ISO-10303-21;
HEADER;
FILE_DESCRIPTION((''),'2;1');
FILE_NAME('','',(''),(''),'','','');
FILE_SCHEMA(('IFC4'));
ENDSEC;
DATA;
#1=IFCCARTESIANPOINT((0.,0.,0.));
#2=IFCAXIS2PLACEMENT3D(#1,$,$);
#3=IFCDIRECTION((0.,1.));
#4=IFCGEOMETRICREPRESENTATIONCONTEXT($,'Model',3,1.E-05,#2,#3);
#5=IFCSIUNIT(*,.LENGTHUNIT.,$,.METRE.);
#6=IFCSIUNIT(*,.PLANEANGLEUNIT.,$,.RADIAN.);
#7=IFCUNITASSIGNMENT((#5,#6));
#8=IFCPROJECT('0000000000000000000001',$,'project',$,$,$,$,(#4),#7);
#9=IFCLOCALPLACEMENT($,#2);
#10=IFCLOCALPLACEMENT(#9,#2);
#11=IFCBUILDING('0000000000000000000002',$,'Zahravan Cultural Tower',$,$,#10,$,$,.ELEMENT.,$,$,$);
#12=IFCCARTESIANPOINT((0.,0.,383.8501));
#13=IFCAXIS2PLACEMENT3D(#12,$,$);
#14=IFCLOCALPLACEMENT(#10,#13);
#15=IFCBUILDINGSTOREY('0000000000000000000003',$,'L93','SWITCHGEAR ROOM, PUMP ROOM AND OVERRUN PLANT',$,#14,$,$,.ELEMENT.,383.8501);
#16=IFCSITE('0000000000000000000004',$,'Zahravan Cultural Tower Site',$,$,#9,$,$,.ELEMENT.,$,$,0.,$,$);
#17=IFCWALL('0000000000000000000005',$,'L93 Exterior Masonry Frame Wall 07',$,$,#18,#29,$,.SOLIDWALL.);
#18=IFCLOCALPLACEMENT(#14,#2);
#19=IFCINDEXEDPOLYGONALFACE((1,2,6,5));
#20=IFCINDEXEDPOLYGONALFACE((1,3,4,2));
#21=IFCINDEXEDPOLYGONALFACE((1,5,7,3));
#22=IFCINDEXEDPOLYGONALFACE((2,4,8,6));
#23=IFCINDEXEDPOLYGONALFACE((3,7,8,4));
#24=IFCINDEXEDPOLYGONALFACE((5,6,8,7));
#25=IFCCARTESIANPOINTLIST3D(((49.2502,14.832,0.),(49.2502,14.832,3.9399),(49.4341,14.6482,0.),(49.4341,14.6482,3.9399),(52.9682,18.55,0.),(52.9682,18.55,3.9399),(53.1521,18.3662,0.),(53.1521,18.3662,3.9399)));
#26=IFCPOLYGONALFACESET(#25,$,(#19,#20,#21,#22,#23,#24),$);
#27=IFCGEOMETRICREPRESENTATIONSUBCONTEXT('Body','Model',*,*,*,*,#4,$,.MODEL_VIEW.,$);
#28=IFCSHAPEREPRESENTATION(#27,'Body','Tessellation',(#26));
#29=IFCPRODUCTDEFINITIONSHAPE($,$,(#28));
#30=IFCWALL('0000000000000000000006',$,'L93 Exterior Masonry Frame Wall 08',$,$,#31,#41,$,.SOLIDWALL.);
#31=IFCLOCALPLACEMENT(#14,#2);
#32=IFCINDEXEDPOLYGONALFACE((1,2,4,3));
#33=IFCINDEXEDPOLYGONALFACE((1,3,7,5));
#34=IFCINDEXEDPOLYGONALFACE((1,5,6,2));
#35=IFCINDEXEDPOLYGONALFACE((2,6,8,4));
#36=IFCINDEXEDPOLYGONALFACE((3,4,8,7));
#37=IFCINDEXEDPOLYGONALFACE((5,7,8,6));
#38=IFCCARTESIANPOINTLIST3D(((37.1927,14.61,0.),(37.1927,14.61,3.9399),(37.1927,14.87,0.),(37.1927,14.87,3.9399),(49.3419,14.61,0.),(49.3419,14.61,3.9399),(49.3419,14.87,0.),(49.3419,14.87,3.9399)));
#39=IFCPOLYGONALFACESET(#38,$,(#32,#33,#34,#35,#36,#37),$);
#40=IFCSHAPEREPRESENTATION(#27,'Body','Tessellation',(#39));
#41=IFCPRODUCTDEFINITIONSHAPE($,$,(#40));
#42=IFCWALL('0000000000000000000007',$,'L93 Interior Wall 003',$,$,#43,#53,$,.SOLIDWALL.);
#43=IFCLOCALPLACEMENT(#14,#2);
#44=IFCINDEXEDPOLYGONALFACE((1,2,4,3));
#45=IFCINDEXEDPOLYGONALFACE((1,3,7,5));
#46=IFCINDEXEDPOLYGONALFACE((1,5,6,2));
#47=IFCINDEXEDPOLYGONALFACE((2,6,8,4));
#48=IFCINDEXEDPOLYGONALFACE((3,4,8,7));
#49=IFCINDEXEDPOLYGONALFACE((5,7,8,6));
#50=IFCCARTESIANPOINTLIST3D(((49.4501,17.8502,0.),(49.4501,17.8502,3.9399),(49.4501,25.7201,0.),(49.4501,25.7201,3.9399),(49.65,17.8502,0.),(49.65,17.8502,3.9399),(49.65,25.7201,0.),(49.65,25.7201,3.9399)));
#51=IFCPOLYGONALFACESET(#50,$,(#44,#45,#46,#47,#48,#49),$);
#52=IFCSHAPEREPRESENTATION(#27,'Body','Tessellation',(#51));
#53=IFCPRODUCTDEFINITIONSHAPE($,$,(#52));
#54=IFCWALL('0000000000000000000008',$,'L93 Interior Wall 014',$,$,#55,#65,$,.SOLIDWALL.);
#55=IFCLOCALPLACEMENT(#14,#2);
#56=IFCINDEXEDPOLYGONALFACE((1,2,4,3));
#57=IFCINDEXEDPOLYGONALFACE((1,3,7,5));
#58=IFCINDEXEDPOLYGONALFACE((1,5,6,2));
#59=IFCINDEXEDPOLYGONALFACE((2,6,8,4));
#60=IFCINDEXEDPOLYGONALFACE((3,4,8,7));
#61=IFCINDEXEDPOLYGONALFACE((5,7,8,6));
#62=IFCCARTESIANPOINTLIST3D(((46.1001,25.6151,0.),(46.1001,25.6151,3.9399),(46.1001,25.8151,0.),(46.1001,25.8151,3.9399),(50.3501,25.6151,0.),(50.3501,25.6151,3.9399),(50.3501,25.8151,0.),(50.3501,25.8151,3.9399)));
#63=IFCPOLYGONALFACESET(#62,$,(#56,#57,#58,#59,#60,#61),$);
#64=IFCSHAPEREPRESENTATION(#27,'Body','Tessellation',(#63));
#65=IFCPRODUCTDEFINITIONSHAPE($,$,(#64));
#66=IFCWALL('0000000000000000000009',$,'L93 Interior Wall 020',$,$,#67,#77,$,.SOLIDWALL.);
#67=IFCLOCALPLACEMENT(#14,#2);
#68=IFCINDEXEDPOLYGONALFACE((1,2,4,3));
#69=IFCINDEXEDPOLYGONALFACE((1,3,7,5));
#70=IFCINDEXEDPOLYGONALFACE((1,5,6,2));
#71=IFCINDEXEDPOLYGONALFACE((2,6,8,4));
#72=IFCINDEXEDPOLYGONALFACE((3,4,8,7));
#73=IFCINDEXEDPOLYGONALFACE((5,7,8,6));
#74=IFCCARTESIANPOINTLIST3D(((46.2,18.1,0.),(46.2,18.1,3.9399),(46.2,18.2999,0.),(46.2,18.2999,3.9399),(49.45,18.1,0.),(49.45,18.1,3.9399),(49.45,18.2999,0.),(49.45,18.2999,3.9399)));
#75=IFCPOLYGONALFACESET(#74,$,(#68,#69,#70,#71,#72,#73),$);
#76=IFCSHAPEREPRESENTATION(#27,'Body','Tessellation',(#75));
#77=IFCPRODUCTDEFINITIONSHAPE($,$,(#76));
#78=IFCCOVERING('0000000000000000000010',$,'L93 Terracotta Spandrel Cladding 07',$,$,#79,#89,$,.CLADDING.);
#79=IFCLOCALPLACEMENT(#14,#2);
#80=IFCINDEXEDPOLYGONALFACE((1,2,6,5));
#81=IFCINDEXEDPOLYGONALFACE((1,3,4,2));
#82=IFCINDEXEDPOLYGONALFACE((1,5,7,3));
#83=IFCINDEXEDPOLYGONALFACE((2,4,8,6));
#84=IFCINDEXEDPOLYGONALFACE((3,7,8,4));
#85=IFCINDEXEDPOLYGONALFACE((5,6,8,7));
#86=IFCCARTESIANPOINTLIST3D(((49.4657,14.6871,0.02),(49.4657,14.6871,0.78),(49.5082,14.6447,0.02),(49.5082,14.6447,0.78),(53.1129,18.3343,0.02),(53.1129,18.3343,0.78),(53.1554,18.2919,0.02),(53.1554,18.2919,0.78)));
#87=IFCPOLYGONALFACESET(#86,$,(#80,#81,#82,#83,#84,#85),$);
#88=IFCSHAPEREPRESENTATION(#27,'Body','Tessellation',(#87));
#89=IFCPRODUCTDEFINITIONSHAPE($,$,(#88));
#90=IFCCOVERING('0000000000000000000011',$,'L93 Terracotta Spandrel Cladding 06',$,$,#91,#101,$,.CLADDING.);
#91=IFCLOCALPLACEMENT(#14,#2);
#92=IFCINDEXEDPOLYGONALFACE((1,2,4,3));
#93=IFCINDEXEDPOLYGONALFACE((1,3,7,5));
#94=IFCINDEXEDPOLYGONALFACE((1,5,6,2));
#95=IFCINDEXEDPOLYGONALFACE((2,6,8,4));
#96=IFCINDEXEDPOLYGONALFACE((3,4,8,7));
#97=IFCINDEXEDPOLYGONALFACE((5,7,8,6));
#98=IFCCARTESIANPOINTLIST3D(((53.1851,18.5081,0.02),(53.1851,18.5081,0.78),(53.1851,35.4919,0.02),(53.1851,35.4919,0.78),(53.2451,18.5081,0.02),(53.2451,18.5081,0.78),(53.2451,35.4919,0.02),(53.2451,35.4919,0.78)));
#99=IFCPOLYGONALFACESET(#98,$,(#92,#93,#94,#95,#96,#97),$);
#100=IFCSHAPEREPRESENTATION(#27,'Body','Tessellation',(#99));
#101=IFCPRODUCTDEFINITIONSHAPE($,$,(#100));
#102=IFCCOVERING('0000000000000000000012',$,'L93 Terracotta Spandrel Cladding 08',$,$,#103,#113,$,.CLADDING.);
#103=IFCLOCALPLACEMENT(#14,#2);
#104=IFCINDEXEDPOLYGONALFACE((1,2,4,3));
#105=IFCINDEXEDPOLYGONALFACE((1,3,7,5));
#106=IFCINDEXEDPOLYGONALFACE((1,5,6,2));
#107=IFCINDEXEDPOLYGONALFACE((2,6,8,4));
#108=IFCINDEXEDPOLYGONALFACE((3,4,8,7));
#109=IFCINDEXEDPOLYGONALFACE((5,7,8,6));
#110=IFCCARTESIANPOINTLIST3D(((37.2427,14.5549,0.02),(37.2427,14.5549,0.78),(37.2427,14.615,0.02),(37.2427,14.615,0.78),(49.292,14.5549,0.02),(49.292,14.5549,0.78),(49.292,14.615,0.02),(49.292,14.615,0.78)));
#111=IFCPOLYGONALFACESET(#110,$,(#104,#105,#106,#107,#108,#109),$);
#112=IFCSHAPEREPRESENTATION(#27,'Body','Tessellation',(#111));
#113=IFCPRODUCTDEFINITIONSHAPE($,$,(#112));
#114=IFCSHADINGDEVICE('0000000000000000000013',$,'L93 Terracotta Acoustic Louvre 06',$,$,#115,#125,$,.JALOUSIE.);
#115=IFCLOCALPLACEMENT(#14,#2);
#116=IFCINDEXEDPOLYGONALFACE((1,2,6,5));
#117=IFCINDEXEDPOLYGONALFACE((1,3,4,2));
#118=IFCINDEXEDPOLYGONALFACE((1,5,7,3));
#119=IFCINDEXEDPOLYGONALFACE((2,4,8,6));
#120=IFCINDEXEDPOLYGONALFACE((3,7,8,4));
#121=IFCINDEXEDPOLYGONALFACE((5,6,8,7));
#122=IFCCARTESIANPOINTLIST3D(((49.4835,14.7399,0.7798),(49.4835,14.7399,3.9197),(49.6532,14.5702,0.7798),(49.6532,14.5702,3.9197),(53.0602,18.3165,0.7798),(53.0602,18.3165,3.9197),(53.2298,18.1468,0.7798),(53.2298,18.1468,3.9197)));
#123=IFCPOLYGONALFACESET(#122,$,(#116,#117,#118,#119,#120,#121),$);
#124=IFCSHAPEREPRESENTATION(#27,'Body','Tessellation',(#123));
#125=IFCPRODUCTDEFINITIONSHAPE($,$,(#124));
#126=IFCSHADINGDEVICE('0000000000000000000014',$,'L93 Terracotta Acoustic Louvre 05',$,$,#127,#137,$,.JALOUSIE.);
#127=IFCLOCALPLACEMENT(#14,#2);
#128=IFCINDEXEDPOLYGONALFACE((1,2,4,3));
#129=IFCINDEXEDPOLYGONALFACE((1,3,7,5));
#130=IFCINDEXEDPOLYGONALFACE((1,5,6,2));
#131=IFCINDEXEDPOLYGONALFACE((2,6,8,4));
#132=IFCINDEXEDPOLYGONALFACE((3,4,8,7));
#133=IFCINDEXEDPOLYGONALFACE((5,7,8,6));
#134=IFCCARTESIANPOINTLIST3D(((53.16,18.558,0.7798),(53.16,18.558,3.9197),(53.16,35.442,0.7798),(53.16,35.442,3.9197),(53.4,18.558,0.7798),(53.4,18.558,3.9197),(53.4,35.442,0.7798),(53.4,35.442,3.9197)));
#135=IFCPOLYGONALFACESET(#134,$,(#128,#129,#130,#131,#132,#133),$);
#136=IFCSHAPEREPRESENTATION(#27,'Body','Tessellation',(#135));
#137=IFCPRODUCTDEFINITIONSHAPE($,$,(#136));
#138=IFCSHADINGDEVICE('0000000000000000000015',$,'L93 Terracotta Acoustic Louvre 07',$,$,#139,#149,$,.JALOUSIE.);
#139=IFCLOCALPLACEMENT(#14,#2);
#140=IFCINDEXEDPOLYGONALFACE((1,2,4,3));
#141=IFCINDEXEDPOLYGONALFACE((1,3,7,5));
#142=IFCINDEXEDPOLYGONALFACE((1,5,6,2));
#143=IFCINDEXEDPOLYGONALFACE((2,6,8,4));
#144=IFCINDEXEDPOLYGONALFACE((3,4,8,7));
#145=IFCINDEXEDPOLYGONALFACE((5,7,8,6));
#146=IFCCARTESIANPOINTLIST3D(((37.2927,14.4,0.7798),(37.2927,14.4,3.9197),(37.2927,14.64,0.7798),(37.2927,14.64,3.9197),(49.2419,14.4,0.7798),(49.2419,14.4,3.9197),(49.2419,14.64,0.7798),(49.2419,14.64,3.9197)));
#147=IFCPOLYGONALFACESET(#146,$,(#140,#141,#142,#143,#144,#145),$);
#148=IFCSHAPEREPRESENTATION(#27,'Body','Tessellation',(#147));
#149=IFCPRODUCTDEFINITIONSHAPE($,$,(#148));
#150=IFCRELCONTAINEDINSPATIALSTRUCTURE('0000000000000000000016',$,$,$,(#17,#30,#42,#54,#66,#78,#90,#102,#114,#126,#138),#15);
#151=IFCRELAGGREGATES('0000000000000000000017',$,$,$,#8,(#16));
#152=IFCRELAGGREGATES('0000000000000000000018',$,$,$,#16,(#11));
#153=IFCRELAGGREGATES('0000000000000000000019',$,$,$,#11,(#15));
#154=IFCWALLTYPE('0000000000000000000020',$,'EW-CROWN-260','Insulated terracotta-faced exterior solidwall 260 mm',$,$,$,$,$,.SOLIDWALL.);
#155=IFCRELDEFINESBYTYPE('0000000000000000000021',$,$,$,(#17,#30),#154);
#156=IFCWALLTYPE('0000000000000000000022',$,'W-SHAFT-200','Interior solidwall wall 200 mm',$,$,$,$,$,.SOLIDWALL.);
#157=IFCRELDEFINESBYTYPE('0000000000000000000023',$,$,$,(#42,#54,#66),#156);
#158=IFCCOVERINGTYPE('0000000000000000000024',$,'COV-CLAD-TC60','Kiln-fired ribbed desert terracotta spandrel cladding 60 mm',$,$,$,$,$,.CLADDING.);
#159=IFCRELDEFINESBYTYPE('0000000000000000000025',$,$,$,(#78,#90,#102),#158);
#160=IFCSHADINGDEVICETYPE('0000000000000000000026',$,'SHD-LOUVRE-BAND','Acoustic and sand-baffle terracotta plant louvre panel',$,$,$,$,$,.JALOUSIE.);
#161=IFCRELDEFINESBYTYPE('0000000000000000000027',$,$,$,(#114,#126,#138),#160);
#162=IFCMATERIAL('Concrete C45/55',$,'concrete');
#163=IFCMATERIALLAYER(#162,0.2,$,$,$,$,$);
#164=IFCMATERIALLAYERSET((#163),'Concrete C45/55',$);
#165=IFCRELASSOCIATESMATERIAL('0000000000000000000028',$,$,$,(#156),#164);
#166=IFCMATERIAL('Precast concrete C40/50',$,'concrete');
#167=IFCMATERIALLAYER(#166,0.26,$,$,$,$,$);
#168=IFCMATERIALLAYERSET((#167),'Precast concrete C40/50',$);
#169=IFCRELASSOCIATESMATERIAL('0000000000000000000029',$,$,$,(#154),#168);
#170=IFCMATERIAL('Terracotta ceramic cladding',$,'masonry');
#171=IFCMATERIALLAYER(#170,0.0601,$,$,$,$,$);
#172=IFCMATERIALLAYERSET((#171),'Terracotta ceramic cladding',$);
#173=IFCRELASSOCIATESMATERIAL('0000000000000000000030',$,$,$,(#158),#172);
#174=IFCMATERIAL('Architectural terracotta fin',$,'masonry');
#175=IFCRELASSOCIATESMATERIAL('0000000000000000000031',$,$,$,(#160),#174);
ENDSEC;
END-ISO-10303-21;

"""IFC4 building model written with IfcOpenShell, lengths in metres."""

from ifc_helpers import new_model, si_unit, direction, frame, frame_2d, origin, origin_2d, place, context, subcontext, project, spatial, rectangle, extrude, source, transform, mapped, material, layer, layer_set, type_object, element, save


model = new_model("IFC4")

# Units and contexts
model_context = context("Model", 3, precision=1e-05, world=origin(), true_north=direction((0.0, 1.0)))
body_context = subcontext(model_context, "Body", "Model", "MODEL_VIEW")
ifc_project = project(units=[si_unit("LENGTHUNIT", "METRE"), si_unit("PLANEANGLEUNIT", "RADIAN")], contexts=[model_context])

# Site, building, storey
site_placement = place(None, origin())
site = spatial("IfcSite", under=ifc_project, at=site_placement, Name="Zahravan Cultural Tower Site", CompositionType="ELEMENT", RefElevation=0.0)
building_placement = place(site_placement, origin())
building = spatial("IfcBuilding", under=site, at=building_placement, Name="Zahravan Cultural Tower", CompositionType="ELEMENT")
storey_placement = place(building_placement, frame((0.0, 0.0, 383.8501)))
storey = spatial("IfcBuildingStorey", under=building, at=storey_placement, Name="L93", Description="SWITCHGEAR ROOM, PUMP ROOM AND OVERRUN PLANT", CompositionType="ELEMENT", Elevation=383.8501)

# Shared definitions
ifc_material_1 = material(Name="Concrete C45/55", Category="concrete")

# Shared definitions
ifc_layer_1 = layer(ifc_material_1, 0.2)
ifc_layer_set_1 = layer_set([ifc_layer_1], Name="Concrete C45/55")
wall_type_1 = type_object("IfcWallType", Name="W-SHAFT-200", Description="Interior solidwall wall 200 mm", PredefinedType="SOLIDWALL", material=ifc_layer_set_1)

# Walls
ifc_material_2 = material(Name="Precast concrete C40/50", Category="concrete")
ifc_layer_2 = layer(ifc_material_2, 0.26)
ifc_layer_set_2 = layer_set([ifc_layer_2], Name="Precast concrete C40/50")
wall_type_2 = type_object("IfcWallType", Name="EW-CROWN-260", Description="Insulated terracotta-faced exterior solidwall 260 mm", PredefinedType="SOLIDWALL", material=ifc_layer_set_2)
shared_shape_1 = source(origin(), body_context, "Body", "SweptSolid", [
    extrude(rectangle(XDim=5.2581, YDim=0.26, at=frame_2d((2.6289, 0.0))), origin(), (0.0, 0.0, 1.0), 3.9399),
])
wall_1_placement = place(storey_placement, frame((53.0601, 18.458, 0.0), z_axis=(0.0, 0.0, 1.0), x_axis=(-0.707107, -0.707107, 0.0)))
element("IfcWall", 1, at=wall_1_placement, inside=storey, type_object=wall_type_2, Name="L93 Exterior Masonry Frame Wall 07", PredefinedType="SOLIDWALL", context=body_context, shape_type="MappedRepresentation", body=[
    mapped(shared_shape_1, transform((0.0, 0.0, 0.0), x_axis=(1.0, 0.0, 0.0), y_axis=(0.0, 1.0, 0.0), z_axis=(0.0, 0.0, 1.0), scale=1.0)),
])
shared_shape_2 = source(origin(), body_context, "Body", "SweptSolid", [
    extrude(rectangle(XDim=12.1492, YDim=0.26, at=frame_2d((6.0747, 0.0))), origin(), (0.0, 0.0, 1.0), 3.9399),
])
wall_2_placement = place(storey_placement, frame((49.342, 14.74, 0.0), z_axis=(0.0, 0.0, 1.0), x_axis=(-1.0, 0.0, 0.0)))
element("IfcWall", 2, at=wall_2_placement, inside=storey, type_object=wall_type_2, Name="L93 Exterior Masonry Frame Wall 08", PredefinedType="SOLIDWALL", context=body_context, shape_type="MappedRepresentation", body=[
    mapped(shared_shape_2, transform((0.0, 0.0, 0.0), x_axis=(1.0, 0.0, 0.0), y_axis=(0.0, 1.0, 0.0), z_axis=(0.0, 0.0, 1.0), scale=1.0)),
])
shared_shape_3 = source(origin(), body_context, "Body", "SweptSolid", [
    extrude(rectangle(XDim=7.8699, YDim=0.2, at=frame_2d((3.9351, 0.0))), origin(), (0.0, 0.0, 1.0), 3.9399),
])
wall_3_placement = place(storey_placement, frame((49.55, 17.8501, 0.0), z_axis=(0.0, 0.0, 1.0), x_axis=(0.0, 1.0, 0.0)))
element("IfcWall", 3, at=wall_3_placement, inside=storey, type_object=wall_type_1, Name="L93 Interior Wall 003", PredefinedType="SOLIDWALL", context=body_context, shape_type="MappedRepresentation", body=[
    mapped(shared_shape_3, transform((0.0, 0.0, 0.0), x_axis=(1.0, 0.0, 0.0), y_axis=(0.0, 1.0, 0.0), z_axis=(0.0, 0.0, 1.0), scale=1.0)),
])
shared_shape_4 = source(origin(), body_context, "Body", "SweptSolid", [
    extrude(rectangle(XDim=4.25, YDim=0.2, at=frame_2d((2.125, 0.0))), origin(), (0.0, 0.0, 1.0), 3.9399),
])
wall_4_placement = place(storey_placement, frame((46.1001, 25.7151, 0.0), z_axis=(0.0, 0.0, 1.0), x_axis=(1.0, 0.0, 0.0)))
element("IfcWall", 4, at=wall_4_placement, inside=storey, type_object=wall_type_1, Name="L93 Interior Wall 014", PredefinedType="SOLIDWALL", context=body_context, shape_type="MappedRepresentation", body=[
    mapped(shared_shape_4, transform((0.0, 0.0, 0.0), x_axis=(1.0, 0.0, 0.0), y_axis=(0.0, 1.0, 0.0), z_axis=(0.0, 0.0, 1.0), scale=1.0)),
])
shared_shape_5 = source(origin(), body_context, "Body", "SweptSolid", [
    extrude(rectangle(XDim=3.25, YDim=0.2, at=frame_2d((1.625, 0.0))), origin(), (0.0, 0.0, 1.0), 3.9399),
])
wall_5_placement = place(storey_placement, frame((46.2, 18.2, 0.0), z_axis=(0.0, 0.0, 1.0), x_axis=(1.0, 0.0, 0.0)))
element("IfcWall", 5, at=wall_5_placement, inside=storey, type_object=wall_type_1, Name="L93 Interior Wall 020", PredefinedType="SOLIDWALL", context=body_context, shape_type="MappedRepresentation", body=[
    mapped(shared_shape_5, transform((0.0, 0.0, 0.0), x_axis=(1.0, 0.0, 0.0), y_axis=(0.0, 1.0, 0.0), z_axis=(0.0, 0.0, 1.0), scale=1.0)),
])

# Coverings
ifc_material_3 = material(Name="Terracotta ceramic cladding", Category="masonry")
ifc_layer_3 = layer(ifc_material_3, 0.0601)
ifc_layer_set_3 = layer_set([ifc_layer_3], Name="Terracotta ceramic cladding")
covering_type = type_object("IfcCoveringType", Name="COV-CLAD-TC60", Description="Kiln-fired ribbed desert terracotta spandrel cladding 60 mm", PredefinedType="CLADDING", material=ifc_layer_set_3)
shared_shape_6 = source(origin(), body_context, "Body", "SweptSolid", [
    extrude(rectangle(XDim=5.158, YDim=0.0601, at=origin_2d()), origin(), (0.0, 0.0, 1.0), 0.76),
])
covering_1_placement = place(storey_placement, frame((51.3105, 16.4895, 0.02), z_axis=(0.0, 0.0, 1.0), x_axis=(-0.707107, -0.707107, 0.0)))
element("IfcCovering", 6, at=covering_1_placement, inside=storey, type_object=covering_type, Name="L93 Terracotta Spandrel Cladding 07", PredefinedType="CLADDING", context=body_context, shape_type="MappedRepresentation", body=[
    mapped(shared_shape_6, transform((0.0, 0.0, 0.0), x_axis=(1.0, 0.0, 0.0), y_axis=(0.0, 1.0, 0.0), z_axis=(0.0, 0.0, 1.0), scale=1.0)),
])
shared_shape_7 = source(origin(), body_context, "Body", "SweptSolid", [
    extrude(rectangle(XDim=16.9839, YDim=0.0601, at=origin_2d()), origin(), (0.0, 0.0, 1.0), 0.76),
])
covering_2_placement = place(storey_placement, frame((53.2151, 27.0, 0.02), z_axis=(0.0, 0.0, 1.0), x_axis=(0.0, -1.0, 0.0)))
element("IfcCovering", 7, at=covering_2_placement, inside=storey, type_object=covering_type, Name="L93 Terracotta Spandrel Cladding 06", PredefinedType="CLADDING", context=body_context, shape_type="MappedRepresentation", body=[
    mapped(shared_shape_7, transform((0.0, 0.0, 0.0), x_axis=(1.0, 0.0, 0.0), y_axis=(0.0, 1.0, 0.0), z_axis=(0.0, 0.0, 1.0), scale=1.0)),
])
shared_shape_8 = source(origin(), body_context, "Body", "SweptSolid", [
    extrude(rectangle(XDim=12.0493, YDim=0.0601, at=origin_2d()), origin(), (0.0, 0.0, 1.0), 0.76),
])
covering_3_placement = place(storey_placement, frame((43.2673, 14.585, 0.02), z_axis=(0.0, 0.0, 1.0), x_axis=(-1.0, 0.0, 0.0)))
element("IfcCovering", 8, at=covering_3_placement, inside=storey, type_object=covering_type, Name="L93 Terracotta Spandrel Cladding 08", PredefinedType="CLADDING", context=body_context, shape_type="MappedRepresentation", body=[
    mapped(shared_shape_8, transform((0.0, 0.0, 0.0), x_axis=(1.0, 0.0, 0.0), y_axis=(0.0, 1.0, 0.0), z_axis=(0.0, 0.0, 1.0), scale=1.0)),
])

# Shading devices
ifc_material_4 = material(Name="Architectural terracotta fin", Category="masonry")
shading_device_type = type_object("IfcShadingDeviceType", Name="SHD-LOUVRE-BAND", Description="Acoustic and sand-baffle terracotta plant louvre panel", PredefinedType="JALOUSIE", material=ifc_material_4)
shared_shape_9 = source(origin(), body_context, "Body", "SweptSolid", [
    extrude(rectangle(XDim=5.0581, YDim=0.24, at=origin_2d()), origin(), (0.0, 0.0, 1.0), 3.1399),
])
shading_device_1_placement = place(storey_placement, frame((51.3567, 16.4434, 0.7798), z_axis=(0.0, 0.0, 1.0), x_axis=(-0.707107, -0.707107, 0.0)))
element("IfcShadingDevice", 9, at=shading_device_1_placement, inside=storey, type_object=shading_device_type, Name="L93 Terracotta Acoustic Louvre 06", PredefinedType="JALOUSIE", context=body_context, shape_type="MappedRepresentation", body=[
    mapped(shared_shape_9, transform((0.0, 0.0, 0.0), x_axis=(1.0, 0.0, 0.0), y_axis=(0.0, 1.0, 0.0), z_axis=(0.0, 0.0, 1.0), scale=1.0)),
])
shared_shape_10 = source(origin(), body_context, "Body", "SweptSolid", [
    extrude(rectangle(XDim=16.884, YDim=0.24, at=origin_2d()), origin(), (0.0, 0.0, 1.0), 3.1399),
])
shading_device_2_placement = place(storey_placement, frame((53.28, 27.0, 0.7798), z_axis=(0.0, 0.0, 1.0), x_axis=(0.0, -1.0, 0.0)))
element("IfcShadingDevice", 10, at=shading_device_2_placement, inside=storey, type_object=shading_device_type, Name="L93 Terracotta Acoustic Louvre 05", PredefinedType="JALOUSIE", context=body_context, shape_type="MappedRepresentation", body=[
    mapped(shared_shape_10, transform((0.0, 0.0, 0.0), x_axis=(1.0, 0.0, 0.0), y_axis=(0.0, 1.0, 0.0), z_axis=(0.0, 0.0, 1.0), scale=1.0)),
])
shared_shape_11 = source(origin(), body_context, "Body", "SweptSolid", [
    extrude(rectangle(XDim=11.9492, YDim=0.24, at=origin_2d()), origin(), (0.0, 0.0, 1.0), 3.1399),
])
shading_device_3_placement = place(storey_placement, frame((43.2673, 14.52, 0.7798), z_axis=(0.0, 0.0, 1.0), x_axis=(-1.0, 0.0, 0.0)))
element("IfcShadingDevice", 11, at=shading_device_3_placement, inside=storey, type_object=shading_device_type, Name="L93 Terracotta Acoustic Louvre 07", PredefinedType="JALOUSIE", context=body_context, shape_type="MappedRepresentation", body=[
    mapped(shared_shape_11, transform((0.0, 0.0, 0.0), x_axis=(1.0, 0.0, 0.0), y_axis=(0.0, 1.0, 0.0), z_axis=(0.0, 0.0, 1.0), scale=1.0)),
])

save(model, "model.ifc")
